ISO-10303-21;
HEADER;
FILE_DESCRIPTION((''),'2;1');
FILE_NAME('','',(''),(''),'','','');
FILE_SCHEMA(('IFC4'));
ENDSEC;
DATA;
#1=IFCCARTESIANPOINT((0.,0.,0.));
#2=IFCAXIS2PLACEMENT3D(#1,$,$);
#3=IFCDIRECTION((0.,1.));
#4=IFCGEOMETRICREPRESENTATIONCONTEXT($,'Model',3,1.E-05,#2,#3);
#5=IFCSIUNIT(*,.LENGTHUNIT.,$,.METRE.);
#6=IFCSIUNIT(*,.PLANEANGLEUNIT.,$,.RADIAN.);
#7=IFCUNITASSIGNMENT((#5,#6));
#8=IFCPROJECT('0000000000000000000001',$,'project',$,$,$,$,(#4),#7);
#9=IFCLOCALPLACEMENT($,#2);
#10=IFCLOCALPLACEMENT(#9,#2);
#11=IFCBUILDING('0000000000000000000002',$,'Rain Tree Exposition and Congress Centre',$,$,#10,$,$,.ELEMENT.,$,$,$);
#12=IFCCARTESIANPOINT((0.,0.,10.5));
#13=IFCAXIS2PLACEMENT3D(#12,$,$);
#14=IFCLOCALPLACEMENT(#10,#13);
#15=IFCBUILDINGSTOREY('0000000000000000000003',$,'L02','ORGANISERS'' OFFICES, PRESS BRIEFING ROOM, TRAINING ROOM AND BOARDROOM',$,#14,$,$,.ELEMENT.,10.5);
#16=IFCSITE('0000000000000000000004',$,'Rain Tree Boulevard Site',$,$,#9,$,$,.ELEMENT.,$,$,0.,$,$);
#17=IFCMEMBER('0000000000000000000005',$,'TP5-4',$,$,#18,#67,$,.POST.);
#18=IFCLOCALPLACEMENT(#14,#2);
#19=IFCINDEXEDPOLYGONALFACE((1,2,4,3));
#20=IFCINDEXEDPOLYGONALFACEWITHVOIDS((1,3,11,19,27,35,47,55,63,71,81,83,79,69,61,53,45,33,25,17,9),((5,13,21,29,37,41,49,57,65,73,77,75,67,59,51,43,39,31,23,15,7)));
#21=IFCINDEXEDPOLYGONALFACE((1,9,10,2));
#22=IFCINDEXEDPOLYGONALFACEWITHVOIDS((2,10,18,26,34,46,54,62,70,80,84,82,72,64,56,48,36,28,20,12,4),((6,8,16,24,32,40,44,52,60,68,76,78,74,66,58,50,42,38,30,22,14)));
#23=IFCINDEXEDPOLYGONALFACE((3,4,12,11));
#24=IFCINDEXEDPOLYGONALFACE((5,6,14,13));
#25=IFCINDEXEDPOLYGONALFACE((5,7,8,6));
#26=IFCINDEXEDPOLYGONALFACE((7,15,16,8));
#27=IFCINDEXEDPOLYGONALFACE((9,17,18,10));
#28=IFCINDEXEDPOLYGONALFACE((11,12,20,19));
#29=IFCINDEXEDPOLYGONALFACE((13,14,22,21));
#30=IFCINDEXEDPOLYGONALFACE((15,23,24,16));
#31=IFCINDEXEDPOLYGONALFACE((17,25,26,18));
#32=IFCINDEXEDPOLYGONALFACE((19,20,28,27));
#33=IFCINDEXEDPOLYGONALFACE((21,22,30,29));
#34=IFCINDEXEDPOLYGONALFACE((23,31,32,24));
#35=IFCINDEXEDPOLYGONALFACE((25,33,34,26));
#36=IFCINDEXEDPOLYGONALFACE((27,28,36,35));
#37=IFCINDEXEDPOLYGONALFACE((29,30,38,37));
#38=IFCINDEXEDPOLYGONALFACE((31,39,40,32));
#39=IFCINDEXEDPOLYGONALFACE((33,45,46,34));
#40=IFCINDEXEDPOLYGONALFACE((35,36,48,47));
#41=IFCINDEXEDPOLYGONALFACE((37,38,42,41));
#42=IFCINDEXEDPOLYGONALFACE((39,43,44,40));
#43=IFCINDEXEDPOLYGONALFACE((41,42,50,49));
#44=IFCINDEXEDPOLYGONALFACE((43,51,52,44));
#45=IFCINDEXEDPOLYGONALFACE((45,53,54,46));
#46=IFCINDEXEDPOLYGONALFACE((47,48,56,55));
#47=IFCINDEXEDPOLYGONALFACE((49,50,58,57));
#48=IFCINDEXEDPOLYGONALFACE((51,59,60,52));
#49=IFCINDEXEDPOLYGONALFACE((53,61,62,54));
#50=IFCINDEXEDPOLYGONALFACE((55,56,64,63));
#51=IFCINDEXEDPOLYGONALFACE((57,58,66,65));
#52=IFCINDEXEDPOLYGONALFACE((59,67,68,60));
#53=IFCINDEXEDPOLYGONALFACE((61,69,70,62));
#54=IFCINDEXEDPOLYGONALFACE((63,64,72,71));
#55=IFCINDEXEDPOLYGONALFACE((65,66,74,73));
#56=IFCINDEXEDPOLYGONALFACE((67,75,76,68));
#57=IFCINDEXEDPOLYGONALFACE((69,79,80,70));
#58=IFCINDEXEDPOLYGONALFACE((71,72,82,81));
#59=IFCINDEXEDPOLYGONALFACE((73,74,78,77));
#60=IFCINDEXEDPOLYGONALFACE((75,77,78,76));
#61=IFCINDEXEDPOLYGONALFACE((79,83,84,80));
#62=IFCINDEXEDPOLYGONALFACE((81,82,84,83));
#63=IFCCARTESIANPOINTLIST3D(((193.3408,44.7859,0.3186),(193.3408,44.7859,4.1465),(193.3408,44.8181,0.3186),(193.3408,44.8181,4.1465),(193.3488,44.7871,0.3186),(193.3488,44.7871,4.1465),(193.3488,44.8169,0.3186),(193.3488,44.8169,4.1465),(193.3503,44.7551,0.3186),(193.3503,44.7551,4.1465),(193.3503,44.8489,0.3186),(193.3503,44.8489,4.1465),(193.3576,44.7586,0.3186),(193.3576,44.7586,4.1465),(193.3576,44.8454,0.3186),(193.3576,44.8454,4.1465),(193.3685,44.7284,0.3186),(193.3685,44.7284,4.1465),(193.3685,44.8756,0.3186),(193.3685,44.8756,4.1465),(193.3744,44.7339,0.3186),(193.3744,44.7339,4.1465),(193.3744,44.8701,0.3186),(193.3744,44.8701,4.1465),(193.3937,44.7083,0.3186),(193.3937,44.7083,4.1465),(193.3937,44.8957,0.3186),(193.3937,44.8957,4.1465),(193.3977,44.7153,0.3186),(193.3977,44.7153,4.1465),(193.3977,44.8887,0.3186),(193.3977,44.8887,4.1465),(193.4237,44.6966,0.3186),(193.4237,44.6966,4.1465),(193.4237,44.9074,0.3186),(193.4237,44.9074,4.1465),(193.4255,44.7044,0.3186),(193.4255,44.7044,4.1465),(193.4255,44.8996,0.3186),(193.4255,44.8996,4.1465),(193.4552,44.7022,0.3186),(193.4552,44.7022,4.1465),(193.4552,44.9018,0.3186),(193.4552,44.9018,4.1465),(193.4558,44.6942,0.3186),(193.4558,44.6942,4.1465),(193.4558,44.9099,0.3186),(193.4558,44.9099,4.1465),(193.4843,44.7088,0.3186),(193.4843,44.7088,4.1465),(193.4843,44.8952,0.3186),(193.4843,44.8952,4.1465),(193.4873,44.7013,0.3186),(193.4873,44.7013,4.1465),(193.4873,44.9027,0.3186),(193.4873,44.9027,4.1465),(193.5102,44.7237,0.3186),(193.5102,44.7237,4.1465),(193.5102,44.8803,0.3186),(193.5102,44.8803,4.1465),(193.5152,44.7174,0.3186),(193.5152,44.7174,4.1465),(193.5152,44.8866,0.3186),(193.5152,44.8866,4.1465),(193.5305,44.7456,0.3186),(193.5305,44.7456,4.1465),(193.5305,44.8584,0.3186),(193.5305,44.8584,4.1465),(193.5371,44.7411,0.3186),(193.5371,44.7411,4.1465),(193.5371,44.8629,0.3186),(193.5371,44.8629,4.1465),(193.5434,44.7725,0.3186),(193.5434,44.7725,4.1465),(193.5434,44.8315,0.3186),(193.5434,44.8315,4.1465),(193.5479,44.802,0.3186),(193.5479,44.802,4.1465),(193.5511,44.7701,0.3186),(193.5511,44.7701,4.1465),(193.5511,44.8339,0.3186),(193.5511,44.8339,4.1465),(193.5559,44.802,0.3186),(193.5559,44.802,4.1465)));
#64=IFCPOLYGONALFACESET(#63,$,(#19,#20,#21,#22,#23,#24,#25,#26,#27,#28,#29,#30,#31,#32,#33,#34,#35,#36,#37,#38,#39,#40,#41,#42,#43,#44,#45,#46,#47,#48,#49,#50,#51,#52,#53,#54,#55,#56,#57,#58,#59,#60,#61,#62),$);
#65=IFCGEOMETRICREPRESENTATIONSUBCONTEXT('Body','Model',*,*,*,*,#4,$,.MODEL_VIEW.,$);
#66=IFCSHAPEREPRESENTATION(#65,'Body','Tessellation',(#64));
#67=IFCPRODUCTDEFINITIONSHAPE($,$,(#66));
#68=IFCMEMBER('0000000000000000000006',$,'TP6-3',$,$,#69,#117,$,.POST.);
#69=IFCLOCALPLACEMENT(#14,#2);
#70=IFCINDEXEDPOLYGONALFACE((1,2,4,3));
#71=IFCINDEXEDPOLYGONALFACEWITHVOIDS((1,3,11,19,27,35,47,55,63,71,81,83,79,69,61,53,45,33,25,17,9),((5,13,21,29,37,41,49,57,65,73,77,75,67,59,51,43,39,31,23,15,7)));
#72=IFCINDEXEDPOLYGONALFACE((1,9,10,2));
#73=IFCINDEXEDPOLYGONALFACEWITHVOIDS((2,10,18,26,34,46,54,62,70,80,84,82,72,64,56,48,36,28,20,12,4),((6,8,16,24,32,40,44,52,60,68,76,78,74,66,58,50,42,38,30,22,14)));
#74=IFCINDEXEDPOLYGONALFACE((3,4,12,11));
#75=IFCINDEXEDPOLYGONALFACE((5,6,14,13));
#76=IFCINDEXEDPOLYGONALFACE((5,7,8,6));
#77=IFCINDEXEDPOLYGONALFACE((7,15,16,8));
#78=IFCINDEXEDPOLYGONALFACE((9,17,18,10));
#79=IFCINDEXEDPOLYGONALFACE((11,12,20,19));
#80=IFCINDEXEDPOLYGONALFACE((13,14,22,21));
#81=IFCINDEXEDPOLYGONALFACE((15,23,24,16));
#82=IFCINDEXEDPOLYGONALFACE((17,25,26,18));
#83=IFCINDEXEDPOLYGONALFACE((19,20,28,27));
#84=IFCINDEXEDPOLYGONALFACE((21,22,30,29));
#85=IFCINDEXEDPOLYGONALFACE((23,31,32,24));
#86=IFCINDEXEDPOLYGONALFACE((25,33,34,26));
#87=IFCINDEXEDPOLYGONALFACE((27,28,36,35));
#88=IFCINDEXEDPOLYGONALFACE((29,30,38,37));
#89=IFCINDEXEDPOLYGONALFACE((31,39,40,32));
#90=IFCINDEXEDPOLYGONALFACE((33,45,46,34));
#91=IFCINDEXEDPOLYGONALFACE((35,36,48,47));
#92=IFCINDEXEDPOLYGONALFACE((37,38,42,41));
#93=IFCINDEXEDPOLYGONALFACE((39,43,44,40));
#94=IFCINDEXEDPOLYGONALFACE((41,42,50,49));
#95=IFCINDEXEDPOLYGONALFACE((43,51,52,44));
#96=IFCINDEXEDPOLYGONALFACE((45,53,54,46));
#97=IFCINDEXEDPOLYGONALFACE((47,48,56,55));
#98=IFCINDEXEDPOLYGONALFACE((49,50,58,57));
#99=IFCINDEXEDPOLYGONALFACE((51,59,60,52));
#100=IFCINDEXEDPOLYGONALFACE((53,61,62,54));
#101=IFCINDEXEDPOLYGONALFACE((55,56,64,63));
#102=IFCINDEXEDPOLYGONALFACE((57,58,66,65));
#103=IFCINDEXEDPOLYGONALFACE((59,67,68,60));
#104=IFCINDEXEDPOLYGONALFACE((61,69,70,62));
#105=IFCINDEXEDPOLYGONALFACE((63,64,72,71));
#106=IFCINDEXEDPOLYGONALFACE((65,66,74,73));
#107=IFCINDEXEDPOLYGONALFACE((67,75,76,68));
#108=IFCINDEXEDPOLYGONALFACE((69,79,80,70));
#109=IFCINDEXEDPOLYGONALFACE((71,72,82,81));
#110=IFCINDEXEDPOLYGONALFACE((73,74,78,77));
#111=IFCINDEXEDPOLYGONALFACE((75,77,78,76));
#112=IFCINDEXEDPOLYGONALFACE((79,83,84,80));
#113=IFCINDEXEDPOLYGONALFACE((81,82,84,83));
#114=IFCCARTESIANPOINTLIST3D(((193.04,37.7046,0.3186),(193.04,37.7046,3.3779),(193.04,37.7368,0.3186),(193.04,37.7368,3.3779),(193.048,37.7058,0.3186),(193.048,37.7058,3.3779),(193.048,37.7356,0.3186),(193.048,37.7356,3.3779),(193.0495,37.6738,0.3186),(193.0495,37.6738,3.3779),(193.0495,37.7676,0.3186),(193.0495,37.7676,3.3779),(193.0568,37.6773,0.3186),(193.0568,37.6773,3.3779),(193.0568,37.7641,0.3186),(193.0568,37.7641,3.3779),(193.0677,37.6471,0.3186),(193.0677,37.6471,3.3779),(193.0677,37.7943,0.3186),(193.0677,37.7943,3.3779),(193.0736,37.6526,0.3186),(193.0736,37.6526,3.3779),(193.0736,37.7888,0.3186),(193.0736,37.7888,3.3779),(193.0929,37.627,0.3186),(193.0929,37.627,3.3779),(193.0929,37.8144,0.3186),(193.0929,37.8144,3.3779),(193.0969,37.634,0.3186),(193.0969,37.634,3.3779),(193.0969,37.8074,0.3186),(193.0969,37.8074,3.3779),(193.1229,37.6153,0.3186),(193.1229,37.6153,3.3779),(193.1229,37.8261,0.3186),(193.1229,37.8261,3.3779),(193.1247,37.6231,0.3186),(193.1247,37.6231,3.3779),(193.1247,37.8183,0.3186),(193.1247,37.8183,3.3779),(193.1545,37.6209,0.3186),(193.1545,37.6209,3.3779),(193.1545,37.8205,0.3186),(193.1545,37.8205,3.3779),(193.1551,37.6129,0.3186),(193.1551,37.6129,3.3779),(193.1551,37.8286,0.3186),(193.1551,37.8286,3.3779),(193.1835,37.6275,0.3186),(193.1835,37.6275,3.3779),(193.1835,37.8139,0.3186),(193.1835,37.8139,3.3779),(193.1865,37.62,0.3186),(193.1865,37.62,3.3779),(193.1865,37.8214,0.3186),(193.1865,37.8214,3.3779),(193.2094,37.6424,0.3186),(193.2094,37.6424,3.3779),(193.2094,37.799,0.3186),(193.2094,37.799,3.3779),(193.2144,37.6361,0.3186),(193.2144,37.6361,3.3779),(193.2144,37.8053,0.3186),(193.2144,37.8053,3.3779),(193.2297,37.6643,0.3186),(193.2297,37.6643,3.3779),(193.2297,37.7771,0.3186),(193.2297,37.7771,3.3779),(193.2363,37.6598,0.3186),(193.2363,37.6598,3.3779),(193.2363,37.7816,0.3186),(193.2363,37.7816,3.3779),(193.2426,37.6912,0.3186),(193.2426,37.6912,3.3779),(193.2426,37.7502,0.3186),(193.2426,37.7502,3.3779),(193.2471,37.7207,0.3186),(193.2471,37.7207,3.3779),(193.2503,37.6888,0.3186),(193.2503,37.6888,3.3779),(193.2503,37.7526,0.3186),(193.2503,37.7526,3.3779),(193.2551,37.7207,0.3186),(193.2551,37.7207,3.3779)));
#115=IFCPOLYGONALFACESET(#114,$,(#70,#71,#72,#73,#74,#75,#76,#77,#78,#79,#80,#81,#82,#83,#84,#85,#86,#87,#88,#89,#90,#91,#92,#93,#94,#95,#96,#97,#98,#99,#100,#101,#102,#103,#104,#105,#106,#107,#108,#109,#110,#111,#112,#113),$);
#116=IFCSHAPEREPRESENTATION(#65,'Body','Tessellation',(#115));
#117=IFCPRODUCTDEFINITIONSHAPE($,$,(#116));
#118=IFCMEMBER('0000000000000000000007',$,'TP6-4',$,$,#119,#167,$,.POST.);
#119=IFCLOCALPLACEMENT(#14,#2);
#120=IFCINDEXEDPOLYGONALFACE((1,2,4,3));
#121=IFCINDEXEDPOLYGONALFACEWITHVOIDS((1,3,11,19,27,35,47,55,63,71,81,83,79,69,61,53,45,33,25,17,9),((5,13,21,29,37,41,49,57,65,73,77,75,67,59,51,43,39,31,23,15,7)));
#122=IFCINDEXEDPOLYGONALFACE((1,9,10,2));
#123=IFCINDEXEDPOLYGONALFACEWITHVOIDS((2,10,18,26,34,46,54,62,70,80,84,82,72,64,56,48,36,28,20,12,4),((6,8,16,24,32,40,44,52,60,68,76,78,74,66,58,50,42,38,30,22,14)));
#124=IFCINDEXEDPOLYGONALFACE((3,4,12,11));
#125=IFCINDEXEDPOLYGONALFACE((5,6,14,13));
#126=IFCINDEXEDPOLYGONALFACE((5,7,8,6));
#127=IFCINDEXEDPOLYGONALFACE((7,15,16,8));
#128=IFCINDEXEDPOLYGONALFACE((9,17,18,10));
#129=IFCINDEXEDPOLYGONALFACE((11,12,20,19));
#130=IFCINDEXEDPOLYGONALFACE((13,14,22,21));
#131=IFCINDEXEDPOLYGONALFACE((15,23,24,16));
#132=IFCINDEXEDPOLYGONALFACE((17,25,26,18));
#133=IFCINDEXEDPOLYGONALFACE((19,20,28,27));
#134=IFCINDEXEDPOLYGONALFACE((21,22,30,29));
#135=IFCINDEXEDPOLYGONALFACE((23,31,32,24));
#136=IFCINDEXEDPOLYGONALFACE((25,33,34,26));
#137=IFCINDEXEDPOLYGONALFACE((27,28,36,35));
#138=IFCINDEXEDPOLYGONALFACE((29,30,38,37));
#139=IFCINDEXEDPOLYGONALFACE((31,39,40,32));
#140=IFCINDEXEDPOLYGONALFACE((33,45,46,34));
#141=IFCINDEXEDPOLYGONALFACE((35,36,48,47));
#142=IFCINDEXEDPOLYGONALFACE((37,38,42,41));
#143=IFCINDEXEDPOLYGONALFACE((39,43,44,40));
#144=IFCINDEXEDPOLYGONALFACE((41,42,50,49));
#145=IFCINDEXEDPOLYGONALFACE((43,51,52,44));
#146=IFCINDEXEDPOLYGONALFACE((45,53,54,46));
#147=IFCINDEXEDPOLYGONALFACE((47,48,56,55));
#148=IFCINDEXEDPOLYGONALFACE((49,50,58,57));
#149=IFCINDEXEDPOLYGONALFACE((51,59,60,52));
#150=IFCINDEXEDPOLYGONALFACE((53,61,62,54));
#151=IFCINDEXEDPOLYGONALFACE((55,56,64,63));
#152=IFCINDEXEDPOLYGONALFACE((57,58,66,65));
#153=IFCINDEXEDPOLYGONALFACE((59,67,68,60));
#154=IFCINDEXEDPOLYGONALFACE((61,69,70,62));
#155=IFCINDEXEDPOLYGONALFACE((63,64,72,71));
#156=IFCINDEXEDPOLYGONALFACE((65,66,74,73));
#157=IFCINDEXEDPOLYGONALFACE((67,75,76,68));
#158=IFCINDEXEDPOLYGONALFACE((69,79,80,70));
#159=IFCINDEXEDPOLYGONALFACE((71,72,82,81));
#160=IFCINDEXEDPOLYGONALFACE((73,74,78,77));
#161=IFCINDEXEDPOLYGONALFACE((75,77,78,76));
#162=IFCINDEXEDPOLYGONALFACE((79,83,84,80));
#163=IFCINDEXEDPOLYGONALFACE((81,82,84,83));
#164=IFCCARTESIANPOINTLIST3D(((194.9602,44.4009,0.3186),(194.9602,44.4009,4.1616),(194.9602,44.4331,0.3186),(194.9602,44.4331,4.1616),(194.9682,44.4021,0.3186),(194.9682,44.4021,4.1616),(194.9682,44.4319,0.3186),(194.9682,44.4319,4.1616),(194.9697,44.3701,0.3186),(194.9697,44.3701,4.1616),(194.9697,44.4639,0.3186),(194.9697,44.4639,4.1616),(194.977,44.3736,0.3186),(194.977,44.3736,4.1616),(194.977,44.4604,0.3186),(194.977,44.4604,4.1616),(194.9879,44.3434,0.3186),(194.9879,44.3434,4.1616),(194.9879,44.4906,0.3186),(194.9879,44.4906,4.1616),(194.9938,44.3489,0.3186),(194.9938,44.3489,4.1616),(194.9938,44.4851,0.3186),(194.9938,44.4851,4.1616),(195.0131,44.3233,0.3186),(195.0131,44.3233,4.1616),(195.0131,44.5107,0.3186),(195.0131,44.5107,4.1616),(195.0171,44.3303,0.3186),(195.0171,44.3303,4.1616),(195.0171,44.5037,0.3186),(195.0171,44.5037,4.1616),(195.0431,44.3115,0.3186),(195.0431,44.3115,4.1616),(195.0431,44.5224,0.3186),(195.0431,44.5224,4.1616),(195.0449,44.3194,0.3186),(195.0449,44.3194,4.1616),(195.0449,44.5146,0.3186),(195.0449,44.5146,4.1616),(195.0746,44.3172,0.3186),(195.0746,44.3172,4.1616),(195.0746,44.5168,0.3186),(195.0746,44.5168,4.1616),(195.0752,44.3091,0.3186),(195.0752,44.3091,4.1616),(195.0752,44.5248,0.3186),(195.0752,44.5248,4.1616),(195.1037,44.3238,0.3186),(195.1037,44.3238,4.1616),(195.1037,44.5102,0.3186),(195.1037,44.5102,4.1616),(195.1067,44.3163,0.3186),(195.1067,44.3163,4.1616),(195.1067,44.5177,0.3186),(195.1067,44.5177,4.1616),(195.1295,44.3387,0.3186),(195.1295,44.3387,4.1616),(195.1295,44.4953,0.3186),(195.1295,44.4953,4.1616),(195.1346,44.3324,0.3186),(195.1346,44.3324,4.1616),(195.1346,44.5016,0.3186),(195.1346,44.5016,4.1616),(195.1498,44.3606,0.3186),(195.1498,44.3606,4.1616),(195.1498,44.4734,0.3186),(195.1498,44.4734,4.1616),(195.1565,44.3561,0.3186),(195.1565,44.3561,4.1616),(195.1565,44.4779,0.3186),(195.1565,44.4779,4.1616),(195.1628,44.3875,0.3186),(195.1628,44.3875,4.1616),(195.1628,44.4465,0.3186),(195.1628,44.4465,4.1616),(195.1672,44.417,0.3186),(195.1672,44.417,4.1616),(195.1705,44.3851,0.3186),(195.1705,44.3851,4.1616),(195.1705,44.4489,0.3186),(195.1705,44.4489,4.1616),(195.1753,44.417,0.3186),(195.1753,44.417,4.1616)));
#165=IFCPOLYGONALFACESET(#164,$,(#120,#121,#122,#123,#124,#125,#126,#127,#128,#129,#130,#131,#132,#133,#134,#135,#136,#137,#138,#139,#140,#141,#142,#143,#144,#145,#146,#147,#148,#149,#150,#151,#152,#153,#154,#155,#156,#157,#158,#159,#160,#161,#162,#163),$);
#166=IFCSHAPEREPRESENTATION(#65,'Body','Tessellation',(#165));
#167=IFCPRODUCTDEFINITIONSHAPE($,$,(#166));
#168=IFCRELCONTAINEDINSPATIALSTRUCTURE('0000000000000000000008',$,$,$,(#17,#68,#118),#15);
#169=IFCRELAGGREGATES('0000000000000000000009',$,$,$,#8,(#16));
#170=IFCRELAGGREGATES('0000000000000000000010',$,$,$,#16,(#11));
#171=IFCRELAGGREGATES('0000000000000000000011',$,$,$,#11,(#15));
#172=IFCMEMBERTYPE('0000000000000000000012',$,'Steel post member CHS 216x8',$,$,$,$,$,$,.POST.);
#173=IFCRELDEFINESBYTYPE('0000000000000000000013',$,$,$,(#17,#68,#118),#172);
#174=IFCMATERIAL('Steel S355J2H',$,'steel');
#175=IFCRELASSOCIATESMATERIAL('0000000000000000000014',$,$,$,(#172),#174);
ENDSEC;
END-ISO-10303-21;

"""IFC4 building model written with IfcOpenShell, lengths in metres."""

from ifc_helpers import new_model, si_unit, direction, frame, origin, origin_2d, place, context, subcontext, project, spatial, hollow_circle, extrude, material, material_profile, profile_set, type_object, element, save


model = new_model("IFC4")

# Units and contexts
model_context = context("Model", 3, precision=1e-05, world=origin(), true_north=direction((0.0, 1.0)))
body_context = subcontext(model_context, "Body", "Model", "MODEL_VIEW")
ifc_project = project(units=[si_unit("LENGTHUNIT", "METRE"), si_unit("PLANEANGLEUNIT", "RADIAN")], contexts=[model_context])

# Site, building, storey
site_placement = place(None, origin())
site = spatial("IfcSite", under=ifc_project, at=site_placement, Name="Rain Tree Boulevard Site", CompositionType="ELEMENT", RefElevation=0.0)
building_placement = place(site_placement, origin())
building = spatial("IfcBuilding", under=site, at=building_placement, Name="Rain Tree Exposition and Congress Centre", CompositionType="ELEMENT")
storey_placement = place(building_placement, frame((0.0, 0.0, 10.5)))
storey = spatial("IfcBuildingStorey", under=building, at=storey_placement, Name="L02", Description="ORGANISERS' OFFICES, PRESS BRIEFING ROOM, TRAINING ROOM AND BOARDROOM", CompositionType="ELEMENT", Elevation=10.5)

# Members
ifc_material_1 = material(Name="Steel S355J2H", Category="steel")
ifc_material_profile_1 = material_profile(ifc_material_1, hollow_circle(Radius=0.1082, WallThickness=0.0081, at=origin_2d()), Name="CHS 216x8")
ifc_profile_set_1 = profile_set([ifc_material_profile_1], Name="Steel S355J2H")
member_type_1 = type_object("IfcMemberType", Name="Steel post member CHS 216x8", PredefinedType="POST", material=ifc_profile_set_1)
member_1_placement = place(storey_placement, frame((193.4478, 44.802, 0.3186), z_axis=(0.0, 0.0, 1.0), x_axis=(1.0, 0.0, 0.0)))
element("IfcMember", 1, at=member_1_placement, inside=storey, type_object=member_type_1, Name="TP5-4", PredefinedType="POST", context=body_context, shape_type="SweptSolid", body=[
    extrude(hollow_circle(Radius=0.1082, WallThickness=0.0081, at=origin_2d()), origin(), (0.0, 0.0, 1.0), 3.8279),
])
member_2_placement = place(storey_placement, frame((193.147, 37.7207, 0.3186), z_axis=(0.0, 0.0, 1.0), x_axis=(1.0, 0.0, 0.0)))
element("IfcMember", 2, at=member_2_placement, inside=storey, type_object=member_type_1, Name="TP6-3", PredefinedType="POST", context=body_context, shape_type="SweptSolid", body=[
    extrude(hollow_circle(Radius=0.1082, WallThickness=0.0081, at=origin_2d()), origin(), (0.0, 0.0, 1.0), 3.0593),
])
member_3_placement = place(storey_placement, frame((195.0671, 44.417, 0.3186), z_axis=(0.0, 0.0, 1.0), x_axis=(1.0, 0.0, 0.0)))
element("IfcMember", 3, at=member_3_placement, inside=storey, type_object=member_type_1, Name="TP6-4", PredefinedType="POST", context=body_context, shape_type="SweptSolid", body=[
    extrude(hollow_circle(Radius=0.1082, WallThickness=0.0081, at=origin_2d()), origin(), (0.0, 0.0, 1.0), 3.843),
])

save(model, "model.ifc")
